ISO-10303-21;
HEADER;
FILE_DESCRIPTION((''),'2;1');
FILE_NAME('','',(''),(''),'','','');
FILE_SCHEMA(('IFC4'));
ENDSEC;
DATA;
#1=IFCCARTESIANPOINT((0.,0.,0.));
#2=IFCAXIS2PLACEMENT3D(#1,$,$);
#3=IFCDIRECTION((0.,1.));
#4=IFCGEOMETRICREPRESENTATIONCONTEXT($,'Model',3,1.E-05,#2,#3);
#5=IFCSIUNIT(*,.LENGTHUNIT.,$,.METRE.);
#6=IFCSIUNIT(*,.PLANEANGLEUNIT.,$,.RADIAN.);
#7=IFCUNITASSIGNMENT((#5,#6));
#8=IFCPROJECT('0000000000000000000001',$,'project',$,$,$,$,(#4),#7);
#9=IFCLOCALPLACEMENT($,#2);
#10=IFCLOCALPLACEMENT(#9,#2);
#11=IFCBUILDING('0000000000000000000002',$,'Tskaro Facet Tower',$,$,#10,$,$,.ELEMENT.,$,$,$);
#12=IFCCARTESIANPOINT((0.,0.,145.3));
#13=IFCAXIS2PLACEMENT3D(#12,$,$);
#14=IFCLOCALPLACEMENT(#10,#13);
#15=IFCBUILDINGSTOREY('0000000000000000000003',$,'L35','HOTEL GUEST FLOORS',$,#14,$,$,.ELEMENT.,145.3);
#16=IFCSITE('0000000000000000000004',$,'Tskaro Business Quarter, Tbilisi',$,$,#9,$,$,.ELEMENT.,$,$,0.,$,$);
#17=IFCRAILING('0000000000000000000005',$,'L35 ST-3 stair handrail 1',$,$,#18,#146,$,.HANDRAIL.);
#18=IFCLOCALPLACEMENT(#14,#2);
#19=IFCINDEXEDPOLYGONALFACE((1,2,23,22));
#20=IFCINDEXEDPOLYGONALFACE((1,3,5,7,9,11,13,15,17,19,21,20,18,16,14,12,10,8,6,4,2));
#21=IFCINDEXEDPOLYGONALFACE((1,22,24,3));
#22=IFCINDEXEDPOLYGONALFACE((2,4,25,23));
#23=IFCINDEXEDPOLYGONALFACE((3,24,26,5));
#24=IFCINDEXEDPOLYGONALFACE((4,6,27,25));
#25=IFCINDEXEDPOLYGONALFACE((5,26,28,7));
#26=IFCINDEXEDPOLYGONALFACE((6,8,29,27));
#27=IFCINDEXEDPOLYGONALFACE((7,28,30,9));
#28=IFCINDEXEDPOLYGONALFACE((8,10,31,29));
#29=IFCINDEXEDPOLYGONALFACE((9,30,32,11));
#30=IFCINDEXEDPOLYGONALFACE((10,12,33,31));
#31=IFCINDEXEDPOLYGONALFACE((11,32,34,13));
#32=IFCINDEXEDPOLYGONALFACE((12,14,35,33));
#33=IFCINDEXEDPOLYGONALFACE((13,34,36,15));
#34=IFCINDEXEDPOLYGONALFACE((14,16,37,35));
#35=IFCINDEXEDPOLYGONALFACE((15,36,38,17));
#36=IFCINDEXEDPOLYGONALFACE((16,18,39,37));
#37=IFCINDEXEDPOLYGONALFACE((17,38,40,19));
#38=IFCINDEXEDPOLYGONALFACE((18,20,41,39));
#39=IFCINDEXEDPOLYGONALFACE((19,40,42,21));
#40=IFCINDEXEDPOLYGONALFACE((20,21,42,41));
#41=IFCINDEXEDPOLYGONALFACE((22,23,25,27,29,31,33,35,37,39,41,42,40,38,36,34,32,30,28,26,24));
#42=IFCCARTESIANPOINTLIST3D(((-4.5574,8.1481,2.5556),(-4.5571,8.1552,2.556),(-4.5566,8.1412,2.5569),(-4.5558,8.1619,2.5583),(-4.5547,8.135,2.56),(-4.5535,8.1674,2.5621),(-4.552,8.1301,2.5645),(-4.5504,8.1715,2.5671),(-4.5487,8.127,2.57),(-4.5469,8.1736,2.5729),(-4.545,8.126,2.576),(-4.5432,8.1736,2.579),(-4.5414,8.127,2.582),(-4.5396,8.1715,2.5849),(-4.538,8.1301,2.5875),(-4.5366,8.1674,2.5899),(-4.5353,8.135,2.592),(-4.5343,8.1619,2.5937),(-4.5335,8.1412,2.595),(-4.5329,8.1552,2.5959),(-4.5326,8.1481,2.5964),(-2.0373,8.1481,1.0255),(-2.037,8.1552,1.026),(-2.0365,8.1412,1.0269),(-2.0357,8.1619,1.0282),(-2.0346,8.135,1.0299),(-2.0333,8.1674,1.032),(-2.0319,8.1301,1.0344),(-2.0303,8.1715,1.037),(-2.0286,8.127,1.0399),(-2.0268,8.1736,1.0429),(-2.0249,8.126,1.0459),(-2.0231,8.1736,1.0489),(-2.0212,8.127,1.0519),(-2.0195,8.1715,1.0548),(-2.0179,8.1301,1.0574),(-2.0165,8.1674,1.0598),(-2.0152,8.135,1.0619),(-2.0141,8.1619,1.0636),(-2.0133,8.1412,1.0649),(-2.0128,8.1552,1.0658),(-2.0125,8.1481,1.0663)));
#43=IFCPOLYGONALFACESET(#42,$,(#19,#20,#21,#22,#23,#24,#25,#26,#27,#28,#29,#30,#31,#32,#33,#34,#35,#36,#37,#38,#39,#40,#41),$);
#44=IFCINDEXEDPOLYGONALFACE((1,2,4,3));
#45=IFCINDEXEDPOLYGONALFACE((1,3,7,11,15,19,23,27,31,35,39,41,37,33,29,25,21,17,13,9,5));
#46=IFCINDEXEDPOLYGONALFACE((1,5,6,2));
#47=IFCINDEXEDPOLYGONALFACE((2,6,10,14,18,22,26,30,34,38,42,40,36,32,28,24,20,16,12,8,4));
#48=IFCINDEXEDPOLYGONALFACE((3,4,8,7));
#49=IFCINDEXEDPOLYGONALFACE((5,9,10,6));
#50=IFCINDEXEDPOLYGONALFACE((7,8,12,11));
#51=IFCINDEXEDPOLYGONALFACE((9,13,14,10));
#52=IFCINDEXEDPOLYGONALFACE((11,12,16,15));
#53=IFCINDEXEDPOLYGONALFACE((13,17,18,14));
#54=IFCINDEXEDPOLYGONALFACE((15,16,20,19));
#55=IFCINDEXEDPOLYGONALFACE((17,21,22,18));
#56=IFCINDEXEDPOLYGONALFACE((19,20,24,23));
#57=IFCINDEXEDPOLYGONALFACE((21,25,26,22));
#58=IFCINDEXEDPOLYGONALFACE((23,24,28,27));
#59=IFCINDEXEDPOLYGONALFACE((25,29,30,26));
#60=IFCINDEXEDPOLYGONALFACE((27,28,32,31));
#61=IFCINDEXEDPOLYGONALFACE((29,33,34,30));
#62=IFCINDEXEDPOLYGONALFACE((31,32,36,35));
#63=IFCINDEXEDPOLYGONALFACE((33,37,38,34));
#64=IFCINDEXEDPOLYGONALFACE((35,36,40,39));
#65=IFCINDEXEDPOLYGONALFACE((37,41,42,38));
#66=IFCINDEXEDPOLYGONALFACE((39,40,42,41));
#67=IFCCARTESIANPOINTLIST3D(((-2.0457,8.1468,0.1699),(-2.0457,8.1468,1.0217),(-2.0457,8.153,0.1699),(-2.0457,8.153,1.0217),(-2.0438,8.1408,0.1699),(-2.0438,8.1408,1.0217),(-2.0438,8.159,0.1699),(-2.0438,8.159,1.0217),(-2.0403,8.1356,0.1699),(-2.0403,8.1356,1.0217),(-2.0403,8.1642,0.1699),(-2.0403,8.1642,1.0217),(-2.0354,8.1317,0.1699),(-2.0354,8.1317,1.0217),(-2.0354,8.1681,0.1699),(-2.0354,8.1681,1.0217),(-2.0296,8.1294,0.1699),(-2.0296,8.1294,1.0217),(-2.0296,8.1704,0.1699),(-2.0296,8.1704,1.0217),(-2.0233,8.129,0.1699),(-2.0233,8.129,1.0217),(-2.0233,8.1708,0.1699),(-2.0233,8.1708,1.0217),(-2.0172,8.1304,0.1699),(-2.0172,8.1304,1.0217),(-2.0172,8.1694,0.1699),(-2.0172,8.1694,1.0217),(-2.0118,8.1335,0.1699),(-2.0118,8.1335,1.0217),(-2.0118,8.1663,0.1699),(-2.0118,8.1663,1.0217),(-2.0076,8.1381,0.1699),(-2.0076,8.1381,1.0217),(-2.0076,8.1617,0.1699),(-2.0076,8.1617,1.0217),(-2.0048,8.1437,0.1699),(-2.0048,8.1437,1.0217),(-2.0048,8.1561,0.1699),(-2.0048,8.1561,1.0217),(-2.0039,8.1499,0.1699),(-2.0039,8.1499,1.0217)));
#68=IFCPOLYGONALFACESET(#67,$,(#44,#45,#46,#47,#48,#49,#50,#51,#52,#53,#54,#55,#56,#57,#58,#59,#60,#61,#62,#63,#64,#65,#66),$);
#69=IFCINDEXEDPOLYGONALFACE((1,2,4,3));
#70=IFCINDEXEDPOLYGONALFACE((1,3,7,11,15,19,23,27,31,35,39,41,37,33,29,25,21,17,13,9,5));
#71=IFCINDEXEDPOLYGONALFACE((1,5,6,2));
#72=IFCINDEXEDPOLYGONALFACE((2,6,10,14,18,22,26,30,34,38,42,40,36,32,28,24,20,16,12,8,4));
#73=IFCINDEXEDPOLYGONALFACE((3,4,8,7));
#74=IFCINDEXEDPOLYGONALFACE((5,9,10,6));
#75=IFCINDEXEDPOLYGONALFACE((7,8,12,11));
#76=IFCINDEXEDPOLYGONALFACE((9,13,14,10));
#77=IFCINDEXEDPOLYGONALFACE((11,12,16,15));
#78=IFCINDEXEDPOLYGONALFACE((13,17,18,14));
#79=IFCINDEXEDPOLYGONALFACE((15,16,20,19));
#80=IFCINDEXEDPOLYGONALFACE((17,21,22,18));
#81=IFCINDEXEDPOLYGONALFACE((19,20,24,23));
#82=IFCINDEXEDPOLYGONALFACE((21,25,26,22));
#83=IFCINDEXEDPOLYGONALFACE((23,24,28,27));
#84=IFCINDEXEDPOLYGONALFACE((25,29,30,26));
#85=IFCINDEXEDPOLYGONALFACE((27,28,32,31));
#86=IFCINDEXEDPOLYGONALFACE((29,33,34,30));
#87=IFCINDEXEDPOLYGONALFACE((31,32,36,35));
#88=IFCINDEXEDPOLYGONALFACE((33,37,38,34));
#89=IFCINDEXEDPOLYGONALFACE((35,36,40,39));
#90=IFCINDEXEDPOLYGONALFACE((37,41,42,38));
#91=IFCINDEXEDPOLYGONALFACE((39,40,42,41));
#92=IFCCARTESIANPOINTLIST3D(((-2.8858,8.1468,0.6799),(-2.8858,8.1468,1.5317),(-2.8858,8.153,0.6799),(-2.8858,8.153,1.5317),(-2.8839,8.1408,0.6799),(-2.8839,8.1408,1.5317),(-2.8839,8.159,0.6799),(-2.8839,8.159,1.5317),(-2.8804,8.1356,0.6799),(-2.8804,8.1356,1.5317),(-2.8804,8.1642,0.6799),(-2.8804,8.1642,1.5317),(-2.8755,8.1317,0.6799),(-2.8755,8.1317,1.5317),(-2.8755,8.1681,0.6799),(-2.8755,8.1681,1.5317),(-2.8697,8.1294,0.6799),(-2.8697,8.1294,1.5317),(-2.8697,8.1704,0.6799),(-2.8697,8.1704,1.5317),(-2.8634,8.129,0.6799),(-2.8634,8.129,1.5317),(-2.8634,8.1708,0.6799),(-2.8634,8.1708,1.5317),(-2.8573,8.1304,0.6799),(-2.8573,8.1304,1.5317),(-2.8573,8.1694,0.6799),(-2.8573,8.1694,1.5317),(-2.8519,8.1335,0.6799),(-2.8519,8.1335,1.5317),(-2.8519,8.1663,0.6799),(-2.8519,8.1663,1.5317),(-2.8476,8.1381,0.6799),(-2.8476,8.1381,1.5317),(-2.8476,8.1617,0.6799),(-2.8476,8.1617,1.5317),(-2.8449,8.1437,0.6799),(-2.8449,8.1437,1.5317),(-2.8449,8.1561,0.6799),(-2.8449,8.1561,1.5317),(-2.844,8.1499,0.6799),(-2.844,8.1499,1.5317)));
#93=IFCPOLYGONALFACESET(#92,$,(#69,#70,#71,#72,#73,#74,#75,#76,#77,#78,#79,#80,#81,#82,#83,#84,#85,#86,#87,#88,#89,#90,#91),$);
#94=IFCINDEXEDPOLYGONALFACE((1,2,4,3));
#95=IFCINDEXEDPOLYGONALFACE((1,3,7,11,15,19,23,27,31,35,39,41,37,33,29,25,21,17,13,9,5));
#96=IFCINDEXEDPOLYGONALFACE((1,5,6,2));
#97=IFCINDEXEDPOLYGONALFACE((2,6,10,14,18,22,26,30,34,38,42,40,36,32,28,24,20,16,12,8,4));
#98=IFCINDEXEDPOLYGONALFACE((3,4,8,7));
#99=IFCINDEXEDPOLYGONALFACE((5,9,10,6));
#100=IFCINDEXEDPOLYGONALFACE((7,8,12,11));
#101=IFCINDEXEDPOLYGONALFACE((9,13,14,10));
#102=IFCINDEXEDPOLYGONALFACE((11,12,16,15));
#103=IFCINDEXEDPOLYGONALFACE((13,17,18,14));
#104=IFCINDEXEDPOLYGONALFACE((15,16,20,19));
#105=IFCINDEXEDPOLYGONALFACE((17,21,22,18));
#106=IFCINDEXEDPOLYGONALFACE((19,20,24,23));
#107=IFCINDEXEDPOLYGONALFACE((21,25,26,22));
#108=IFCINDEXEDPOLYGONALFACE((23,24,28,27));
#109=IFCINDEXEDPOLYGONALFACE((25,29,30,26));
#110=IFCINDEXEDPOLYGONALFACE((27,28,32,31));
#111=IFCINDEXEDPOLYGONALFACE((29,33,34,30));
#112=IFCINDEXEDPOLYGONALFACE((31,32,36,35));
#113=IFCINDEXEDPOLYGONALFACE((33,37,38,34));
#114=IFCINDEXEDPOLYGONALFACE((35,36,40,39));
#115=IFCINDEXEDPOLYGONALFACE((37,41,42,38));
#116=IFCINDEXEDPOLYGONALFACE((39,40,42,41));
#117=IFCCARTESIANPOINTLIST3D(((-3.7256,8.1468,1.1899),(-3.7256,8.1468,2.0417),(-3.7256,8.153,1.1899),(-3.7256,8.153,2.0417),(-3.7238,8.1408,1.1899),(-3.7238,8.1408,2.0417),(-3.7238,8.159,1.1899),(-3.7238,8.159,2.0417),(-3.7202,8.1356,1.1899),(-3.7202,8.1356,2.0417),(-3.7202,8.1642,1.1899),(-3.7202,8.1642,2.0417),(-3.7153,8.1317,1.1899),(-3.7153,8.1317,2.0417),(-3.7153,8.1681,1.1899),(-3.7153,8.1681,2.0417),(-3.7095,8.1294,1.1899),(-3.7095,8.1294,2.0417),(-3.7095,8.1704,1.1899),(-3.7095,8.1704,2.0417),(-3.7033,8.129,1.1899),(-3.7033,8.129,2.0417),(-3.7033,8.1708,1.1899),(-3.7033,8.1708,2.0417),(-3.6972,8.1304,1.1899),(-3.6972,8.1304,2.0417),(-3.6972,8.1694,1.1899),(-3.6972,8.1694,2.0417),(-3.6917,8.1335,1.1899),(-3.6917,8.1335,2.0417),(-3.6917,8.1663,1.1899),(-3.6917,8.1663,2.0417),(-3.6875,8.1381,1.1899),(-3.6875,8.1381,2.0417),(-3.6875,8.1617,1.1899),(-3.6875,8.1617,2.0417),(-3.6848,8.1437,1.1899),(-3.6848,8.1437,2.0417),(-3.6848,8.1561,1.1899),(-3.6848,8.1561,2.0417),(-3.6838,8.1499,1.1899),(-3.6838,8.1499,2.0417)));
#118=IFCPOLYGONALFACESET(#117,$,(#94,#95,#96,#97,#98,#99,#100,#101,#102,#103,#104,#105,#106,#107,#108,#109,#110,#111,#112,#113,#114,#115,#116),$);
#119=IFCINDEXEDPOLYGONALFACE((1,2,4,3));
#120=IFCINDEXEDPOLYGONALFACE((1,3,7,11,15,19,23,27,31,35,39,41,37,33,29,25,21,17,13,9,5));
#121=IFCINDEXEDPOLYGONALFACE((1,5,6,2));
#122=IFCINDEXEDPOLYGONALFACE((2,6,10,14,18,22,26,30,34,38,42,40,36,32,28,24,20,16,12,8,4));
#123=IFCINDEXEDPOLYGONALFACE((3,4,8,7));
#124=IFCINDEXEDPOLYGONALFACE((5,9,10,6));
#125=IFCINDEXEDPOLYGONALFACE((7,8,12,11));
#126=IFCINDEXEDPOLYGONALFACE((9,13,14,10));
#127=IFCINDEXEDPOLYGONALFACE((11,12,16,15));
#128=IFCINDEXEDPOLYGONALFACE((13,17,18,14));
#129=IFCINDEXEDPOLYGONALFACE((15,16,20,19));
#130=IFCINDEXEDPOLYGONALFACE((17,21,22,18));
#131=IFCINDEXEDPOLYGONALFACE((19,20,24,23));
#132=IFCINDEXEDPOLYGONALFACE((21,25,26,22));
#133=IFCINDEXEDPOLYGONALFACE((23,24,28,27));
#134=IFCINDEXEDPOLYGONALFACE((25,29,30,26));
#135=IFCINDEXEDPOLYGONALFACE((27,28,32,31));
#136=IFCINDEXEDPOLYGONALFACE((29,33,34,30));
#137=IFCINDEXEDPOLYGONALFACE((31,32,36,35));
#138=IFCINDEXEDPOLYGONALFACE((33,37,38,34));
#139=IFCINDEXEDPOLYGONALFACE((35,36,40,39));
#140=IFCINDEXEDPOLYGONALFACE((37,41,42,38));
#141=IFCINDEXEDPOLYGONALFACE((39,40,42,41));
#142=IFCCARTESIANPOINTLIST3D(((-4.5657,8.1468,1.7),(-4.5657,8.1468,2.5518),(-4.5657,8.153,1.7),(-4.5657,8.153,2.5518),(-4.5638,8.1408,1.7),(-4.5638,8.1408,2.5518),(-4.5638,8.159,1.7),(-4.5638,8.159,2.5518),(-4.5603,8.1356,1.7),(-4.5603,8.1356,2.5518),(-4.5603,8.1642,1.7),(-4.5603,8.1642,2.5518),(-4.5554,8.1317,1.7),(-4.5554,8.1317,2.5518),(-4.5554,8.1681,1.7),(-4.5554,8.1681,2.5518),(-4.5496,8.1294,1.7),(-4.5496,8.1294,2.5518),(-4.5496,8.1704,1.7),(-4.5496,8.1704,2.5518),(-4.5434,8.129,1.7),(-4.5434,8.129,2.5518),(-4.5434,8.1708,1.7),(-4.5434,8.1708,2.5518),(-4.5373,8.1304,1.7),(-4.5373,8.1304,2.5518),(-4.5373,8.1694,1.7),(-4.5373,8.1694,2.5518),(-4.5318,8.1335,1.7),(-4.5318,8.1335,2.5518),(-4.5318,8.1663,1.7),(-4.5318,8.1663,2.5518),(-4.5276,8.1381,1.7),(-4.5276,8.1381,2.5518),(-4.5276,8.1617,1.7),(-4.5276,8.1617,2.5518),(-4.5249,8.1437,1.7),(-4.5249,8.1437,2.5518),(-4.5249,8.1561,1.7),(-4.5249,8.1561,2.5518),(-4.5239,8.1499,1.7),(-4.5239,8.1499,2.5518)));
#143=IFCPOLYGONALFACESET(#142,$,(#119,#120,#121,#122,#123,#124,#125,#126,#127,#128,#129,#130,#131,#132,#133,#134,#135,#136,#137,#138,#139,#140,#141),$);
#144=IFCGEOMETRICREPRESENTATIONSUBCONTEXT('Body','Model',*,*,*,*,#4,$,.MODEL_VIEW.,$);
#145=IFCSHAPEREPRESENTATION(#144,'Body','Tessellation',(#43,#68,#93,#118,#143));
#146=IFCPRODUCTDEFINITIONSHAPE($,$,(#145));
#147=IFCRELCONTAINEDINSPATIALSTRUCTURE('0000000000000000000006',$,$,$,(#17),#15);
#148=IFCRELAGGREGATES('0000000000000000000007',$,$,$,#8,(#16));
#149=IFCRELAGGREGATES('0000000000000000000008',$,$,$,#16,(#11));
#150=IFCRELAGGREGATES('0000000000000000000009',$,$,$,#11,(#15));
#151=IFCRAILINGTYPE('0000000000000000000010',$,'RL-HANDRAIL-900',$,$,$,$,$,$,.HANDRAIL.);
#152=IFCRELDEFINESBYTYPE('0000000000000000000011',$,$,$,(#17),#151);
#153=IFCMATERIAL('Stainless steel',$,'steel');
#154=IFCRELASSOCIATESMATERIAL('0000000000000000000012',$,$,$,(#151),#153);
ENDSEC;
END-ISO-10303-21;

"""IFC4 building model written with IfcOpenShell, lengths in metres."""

from ifc_helpers import new_model, si_unit, direction, frame, origin, origin_2d, place, context, subcontext, project, spatial, circle, extrude, material, type_object, element, save


model = new_model("IFC4")

# Units and contexts
model_context = context("Model", 3, precision=1e-05, world=origin(), true_north=direction((0.0, 1.0)))
body_context = subcontext(model_context, "Body", "Model", "MODEL_VIEW")
ifc_project = project(units=[si_unit("LENGTHUNIT", "METRE"), si_unit("PLANEANGLEUNIT", "RADIAN")], contexts=[model_context])

# Site, building, storey
site_placement = place(None, origin())
site = spatial("IfcSite", under=ifc_project, at=site_placement, Name="Tskaro Business Quarter, Tbilisi", CompositionType="ELEMENT", RefElevation=0.0)
building_placement = place(site_placement, origin())
building = spatial("IfcBuilding", under=site, at=building_placement, Name="Tskaro Facet Tower", CompositionType="ELEMENT")
storey_placement = place(building_placement, frame((0.0, 0.0, 145.3)))
storey = spatial("IfcBuildingStorey", under=building, at=storey_placement, Name="L35", Description="HOTEL GUEST FLOORS", CompositionType="ELEMENT", Elevation=145.3)

# Railing
ifc_material_1 = material(Name="Stainless steel", Category="steel")
railing_type_1 = type_object("IfcRailingType", Name="RL-HANDRAIL-900", PredefinedType="HANDRAIL", material=ifc_material_1)
railing_1_placement = place(storey_placement, frame((-2.0249, 8.1499, 0.1699)))
element("IfcRailing", 1, at=railing_1_placement, inside=storey, type_object=railing_type_1, Name="L35 ST-3 stair handrail 1", PredefinedType="HANDRAIL", context=body_context, shape_type="SweptSolid", body=[
    extrude(circle(Radius=0.0239, at=origin_2d()), frame((0.0, 0.0, 0.876), z_axis=(-0.854785, 0.0, 0.518982), x_axis=(0.0, -1.0, 0.0)), (0.0, 0.0, 1.0), 2.9482),
    extrude(circle(Radius=0.021, at=origin_2d()), origin(), (0.0, 0.0, 1.0), 0.8518),
    extrude(circle(Radius=0.021, at=origin_2d()), frame((-0.8401, 0.0, 0.51)), (0.0, 0.0, 1.0), 0.8518),
    extrude(circle(Radius=0.021, at=origin_2d()), frame((-1.6799, 0.0, 1.02)), (0.0, 0.0, 1.0), 0.8518),
    extrude(circle(Radius=0.021, at=origin_2d()), frame((-2.52, 0.0, 1.53)), (0.0, 0.0, 1.0), 0.8518),
])

save(model, "model.ifc")
